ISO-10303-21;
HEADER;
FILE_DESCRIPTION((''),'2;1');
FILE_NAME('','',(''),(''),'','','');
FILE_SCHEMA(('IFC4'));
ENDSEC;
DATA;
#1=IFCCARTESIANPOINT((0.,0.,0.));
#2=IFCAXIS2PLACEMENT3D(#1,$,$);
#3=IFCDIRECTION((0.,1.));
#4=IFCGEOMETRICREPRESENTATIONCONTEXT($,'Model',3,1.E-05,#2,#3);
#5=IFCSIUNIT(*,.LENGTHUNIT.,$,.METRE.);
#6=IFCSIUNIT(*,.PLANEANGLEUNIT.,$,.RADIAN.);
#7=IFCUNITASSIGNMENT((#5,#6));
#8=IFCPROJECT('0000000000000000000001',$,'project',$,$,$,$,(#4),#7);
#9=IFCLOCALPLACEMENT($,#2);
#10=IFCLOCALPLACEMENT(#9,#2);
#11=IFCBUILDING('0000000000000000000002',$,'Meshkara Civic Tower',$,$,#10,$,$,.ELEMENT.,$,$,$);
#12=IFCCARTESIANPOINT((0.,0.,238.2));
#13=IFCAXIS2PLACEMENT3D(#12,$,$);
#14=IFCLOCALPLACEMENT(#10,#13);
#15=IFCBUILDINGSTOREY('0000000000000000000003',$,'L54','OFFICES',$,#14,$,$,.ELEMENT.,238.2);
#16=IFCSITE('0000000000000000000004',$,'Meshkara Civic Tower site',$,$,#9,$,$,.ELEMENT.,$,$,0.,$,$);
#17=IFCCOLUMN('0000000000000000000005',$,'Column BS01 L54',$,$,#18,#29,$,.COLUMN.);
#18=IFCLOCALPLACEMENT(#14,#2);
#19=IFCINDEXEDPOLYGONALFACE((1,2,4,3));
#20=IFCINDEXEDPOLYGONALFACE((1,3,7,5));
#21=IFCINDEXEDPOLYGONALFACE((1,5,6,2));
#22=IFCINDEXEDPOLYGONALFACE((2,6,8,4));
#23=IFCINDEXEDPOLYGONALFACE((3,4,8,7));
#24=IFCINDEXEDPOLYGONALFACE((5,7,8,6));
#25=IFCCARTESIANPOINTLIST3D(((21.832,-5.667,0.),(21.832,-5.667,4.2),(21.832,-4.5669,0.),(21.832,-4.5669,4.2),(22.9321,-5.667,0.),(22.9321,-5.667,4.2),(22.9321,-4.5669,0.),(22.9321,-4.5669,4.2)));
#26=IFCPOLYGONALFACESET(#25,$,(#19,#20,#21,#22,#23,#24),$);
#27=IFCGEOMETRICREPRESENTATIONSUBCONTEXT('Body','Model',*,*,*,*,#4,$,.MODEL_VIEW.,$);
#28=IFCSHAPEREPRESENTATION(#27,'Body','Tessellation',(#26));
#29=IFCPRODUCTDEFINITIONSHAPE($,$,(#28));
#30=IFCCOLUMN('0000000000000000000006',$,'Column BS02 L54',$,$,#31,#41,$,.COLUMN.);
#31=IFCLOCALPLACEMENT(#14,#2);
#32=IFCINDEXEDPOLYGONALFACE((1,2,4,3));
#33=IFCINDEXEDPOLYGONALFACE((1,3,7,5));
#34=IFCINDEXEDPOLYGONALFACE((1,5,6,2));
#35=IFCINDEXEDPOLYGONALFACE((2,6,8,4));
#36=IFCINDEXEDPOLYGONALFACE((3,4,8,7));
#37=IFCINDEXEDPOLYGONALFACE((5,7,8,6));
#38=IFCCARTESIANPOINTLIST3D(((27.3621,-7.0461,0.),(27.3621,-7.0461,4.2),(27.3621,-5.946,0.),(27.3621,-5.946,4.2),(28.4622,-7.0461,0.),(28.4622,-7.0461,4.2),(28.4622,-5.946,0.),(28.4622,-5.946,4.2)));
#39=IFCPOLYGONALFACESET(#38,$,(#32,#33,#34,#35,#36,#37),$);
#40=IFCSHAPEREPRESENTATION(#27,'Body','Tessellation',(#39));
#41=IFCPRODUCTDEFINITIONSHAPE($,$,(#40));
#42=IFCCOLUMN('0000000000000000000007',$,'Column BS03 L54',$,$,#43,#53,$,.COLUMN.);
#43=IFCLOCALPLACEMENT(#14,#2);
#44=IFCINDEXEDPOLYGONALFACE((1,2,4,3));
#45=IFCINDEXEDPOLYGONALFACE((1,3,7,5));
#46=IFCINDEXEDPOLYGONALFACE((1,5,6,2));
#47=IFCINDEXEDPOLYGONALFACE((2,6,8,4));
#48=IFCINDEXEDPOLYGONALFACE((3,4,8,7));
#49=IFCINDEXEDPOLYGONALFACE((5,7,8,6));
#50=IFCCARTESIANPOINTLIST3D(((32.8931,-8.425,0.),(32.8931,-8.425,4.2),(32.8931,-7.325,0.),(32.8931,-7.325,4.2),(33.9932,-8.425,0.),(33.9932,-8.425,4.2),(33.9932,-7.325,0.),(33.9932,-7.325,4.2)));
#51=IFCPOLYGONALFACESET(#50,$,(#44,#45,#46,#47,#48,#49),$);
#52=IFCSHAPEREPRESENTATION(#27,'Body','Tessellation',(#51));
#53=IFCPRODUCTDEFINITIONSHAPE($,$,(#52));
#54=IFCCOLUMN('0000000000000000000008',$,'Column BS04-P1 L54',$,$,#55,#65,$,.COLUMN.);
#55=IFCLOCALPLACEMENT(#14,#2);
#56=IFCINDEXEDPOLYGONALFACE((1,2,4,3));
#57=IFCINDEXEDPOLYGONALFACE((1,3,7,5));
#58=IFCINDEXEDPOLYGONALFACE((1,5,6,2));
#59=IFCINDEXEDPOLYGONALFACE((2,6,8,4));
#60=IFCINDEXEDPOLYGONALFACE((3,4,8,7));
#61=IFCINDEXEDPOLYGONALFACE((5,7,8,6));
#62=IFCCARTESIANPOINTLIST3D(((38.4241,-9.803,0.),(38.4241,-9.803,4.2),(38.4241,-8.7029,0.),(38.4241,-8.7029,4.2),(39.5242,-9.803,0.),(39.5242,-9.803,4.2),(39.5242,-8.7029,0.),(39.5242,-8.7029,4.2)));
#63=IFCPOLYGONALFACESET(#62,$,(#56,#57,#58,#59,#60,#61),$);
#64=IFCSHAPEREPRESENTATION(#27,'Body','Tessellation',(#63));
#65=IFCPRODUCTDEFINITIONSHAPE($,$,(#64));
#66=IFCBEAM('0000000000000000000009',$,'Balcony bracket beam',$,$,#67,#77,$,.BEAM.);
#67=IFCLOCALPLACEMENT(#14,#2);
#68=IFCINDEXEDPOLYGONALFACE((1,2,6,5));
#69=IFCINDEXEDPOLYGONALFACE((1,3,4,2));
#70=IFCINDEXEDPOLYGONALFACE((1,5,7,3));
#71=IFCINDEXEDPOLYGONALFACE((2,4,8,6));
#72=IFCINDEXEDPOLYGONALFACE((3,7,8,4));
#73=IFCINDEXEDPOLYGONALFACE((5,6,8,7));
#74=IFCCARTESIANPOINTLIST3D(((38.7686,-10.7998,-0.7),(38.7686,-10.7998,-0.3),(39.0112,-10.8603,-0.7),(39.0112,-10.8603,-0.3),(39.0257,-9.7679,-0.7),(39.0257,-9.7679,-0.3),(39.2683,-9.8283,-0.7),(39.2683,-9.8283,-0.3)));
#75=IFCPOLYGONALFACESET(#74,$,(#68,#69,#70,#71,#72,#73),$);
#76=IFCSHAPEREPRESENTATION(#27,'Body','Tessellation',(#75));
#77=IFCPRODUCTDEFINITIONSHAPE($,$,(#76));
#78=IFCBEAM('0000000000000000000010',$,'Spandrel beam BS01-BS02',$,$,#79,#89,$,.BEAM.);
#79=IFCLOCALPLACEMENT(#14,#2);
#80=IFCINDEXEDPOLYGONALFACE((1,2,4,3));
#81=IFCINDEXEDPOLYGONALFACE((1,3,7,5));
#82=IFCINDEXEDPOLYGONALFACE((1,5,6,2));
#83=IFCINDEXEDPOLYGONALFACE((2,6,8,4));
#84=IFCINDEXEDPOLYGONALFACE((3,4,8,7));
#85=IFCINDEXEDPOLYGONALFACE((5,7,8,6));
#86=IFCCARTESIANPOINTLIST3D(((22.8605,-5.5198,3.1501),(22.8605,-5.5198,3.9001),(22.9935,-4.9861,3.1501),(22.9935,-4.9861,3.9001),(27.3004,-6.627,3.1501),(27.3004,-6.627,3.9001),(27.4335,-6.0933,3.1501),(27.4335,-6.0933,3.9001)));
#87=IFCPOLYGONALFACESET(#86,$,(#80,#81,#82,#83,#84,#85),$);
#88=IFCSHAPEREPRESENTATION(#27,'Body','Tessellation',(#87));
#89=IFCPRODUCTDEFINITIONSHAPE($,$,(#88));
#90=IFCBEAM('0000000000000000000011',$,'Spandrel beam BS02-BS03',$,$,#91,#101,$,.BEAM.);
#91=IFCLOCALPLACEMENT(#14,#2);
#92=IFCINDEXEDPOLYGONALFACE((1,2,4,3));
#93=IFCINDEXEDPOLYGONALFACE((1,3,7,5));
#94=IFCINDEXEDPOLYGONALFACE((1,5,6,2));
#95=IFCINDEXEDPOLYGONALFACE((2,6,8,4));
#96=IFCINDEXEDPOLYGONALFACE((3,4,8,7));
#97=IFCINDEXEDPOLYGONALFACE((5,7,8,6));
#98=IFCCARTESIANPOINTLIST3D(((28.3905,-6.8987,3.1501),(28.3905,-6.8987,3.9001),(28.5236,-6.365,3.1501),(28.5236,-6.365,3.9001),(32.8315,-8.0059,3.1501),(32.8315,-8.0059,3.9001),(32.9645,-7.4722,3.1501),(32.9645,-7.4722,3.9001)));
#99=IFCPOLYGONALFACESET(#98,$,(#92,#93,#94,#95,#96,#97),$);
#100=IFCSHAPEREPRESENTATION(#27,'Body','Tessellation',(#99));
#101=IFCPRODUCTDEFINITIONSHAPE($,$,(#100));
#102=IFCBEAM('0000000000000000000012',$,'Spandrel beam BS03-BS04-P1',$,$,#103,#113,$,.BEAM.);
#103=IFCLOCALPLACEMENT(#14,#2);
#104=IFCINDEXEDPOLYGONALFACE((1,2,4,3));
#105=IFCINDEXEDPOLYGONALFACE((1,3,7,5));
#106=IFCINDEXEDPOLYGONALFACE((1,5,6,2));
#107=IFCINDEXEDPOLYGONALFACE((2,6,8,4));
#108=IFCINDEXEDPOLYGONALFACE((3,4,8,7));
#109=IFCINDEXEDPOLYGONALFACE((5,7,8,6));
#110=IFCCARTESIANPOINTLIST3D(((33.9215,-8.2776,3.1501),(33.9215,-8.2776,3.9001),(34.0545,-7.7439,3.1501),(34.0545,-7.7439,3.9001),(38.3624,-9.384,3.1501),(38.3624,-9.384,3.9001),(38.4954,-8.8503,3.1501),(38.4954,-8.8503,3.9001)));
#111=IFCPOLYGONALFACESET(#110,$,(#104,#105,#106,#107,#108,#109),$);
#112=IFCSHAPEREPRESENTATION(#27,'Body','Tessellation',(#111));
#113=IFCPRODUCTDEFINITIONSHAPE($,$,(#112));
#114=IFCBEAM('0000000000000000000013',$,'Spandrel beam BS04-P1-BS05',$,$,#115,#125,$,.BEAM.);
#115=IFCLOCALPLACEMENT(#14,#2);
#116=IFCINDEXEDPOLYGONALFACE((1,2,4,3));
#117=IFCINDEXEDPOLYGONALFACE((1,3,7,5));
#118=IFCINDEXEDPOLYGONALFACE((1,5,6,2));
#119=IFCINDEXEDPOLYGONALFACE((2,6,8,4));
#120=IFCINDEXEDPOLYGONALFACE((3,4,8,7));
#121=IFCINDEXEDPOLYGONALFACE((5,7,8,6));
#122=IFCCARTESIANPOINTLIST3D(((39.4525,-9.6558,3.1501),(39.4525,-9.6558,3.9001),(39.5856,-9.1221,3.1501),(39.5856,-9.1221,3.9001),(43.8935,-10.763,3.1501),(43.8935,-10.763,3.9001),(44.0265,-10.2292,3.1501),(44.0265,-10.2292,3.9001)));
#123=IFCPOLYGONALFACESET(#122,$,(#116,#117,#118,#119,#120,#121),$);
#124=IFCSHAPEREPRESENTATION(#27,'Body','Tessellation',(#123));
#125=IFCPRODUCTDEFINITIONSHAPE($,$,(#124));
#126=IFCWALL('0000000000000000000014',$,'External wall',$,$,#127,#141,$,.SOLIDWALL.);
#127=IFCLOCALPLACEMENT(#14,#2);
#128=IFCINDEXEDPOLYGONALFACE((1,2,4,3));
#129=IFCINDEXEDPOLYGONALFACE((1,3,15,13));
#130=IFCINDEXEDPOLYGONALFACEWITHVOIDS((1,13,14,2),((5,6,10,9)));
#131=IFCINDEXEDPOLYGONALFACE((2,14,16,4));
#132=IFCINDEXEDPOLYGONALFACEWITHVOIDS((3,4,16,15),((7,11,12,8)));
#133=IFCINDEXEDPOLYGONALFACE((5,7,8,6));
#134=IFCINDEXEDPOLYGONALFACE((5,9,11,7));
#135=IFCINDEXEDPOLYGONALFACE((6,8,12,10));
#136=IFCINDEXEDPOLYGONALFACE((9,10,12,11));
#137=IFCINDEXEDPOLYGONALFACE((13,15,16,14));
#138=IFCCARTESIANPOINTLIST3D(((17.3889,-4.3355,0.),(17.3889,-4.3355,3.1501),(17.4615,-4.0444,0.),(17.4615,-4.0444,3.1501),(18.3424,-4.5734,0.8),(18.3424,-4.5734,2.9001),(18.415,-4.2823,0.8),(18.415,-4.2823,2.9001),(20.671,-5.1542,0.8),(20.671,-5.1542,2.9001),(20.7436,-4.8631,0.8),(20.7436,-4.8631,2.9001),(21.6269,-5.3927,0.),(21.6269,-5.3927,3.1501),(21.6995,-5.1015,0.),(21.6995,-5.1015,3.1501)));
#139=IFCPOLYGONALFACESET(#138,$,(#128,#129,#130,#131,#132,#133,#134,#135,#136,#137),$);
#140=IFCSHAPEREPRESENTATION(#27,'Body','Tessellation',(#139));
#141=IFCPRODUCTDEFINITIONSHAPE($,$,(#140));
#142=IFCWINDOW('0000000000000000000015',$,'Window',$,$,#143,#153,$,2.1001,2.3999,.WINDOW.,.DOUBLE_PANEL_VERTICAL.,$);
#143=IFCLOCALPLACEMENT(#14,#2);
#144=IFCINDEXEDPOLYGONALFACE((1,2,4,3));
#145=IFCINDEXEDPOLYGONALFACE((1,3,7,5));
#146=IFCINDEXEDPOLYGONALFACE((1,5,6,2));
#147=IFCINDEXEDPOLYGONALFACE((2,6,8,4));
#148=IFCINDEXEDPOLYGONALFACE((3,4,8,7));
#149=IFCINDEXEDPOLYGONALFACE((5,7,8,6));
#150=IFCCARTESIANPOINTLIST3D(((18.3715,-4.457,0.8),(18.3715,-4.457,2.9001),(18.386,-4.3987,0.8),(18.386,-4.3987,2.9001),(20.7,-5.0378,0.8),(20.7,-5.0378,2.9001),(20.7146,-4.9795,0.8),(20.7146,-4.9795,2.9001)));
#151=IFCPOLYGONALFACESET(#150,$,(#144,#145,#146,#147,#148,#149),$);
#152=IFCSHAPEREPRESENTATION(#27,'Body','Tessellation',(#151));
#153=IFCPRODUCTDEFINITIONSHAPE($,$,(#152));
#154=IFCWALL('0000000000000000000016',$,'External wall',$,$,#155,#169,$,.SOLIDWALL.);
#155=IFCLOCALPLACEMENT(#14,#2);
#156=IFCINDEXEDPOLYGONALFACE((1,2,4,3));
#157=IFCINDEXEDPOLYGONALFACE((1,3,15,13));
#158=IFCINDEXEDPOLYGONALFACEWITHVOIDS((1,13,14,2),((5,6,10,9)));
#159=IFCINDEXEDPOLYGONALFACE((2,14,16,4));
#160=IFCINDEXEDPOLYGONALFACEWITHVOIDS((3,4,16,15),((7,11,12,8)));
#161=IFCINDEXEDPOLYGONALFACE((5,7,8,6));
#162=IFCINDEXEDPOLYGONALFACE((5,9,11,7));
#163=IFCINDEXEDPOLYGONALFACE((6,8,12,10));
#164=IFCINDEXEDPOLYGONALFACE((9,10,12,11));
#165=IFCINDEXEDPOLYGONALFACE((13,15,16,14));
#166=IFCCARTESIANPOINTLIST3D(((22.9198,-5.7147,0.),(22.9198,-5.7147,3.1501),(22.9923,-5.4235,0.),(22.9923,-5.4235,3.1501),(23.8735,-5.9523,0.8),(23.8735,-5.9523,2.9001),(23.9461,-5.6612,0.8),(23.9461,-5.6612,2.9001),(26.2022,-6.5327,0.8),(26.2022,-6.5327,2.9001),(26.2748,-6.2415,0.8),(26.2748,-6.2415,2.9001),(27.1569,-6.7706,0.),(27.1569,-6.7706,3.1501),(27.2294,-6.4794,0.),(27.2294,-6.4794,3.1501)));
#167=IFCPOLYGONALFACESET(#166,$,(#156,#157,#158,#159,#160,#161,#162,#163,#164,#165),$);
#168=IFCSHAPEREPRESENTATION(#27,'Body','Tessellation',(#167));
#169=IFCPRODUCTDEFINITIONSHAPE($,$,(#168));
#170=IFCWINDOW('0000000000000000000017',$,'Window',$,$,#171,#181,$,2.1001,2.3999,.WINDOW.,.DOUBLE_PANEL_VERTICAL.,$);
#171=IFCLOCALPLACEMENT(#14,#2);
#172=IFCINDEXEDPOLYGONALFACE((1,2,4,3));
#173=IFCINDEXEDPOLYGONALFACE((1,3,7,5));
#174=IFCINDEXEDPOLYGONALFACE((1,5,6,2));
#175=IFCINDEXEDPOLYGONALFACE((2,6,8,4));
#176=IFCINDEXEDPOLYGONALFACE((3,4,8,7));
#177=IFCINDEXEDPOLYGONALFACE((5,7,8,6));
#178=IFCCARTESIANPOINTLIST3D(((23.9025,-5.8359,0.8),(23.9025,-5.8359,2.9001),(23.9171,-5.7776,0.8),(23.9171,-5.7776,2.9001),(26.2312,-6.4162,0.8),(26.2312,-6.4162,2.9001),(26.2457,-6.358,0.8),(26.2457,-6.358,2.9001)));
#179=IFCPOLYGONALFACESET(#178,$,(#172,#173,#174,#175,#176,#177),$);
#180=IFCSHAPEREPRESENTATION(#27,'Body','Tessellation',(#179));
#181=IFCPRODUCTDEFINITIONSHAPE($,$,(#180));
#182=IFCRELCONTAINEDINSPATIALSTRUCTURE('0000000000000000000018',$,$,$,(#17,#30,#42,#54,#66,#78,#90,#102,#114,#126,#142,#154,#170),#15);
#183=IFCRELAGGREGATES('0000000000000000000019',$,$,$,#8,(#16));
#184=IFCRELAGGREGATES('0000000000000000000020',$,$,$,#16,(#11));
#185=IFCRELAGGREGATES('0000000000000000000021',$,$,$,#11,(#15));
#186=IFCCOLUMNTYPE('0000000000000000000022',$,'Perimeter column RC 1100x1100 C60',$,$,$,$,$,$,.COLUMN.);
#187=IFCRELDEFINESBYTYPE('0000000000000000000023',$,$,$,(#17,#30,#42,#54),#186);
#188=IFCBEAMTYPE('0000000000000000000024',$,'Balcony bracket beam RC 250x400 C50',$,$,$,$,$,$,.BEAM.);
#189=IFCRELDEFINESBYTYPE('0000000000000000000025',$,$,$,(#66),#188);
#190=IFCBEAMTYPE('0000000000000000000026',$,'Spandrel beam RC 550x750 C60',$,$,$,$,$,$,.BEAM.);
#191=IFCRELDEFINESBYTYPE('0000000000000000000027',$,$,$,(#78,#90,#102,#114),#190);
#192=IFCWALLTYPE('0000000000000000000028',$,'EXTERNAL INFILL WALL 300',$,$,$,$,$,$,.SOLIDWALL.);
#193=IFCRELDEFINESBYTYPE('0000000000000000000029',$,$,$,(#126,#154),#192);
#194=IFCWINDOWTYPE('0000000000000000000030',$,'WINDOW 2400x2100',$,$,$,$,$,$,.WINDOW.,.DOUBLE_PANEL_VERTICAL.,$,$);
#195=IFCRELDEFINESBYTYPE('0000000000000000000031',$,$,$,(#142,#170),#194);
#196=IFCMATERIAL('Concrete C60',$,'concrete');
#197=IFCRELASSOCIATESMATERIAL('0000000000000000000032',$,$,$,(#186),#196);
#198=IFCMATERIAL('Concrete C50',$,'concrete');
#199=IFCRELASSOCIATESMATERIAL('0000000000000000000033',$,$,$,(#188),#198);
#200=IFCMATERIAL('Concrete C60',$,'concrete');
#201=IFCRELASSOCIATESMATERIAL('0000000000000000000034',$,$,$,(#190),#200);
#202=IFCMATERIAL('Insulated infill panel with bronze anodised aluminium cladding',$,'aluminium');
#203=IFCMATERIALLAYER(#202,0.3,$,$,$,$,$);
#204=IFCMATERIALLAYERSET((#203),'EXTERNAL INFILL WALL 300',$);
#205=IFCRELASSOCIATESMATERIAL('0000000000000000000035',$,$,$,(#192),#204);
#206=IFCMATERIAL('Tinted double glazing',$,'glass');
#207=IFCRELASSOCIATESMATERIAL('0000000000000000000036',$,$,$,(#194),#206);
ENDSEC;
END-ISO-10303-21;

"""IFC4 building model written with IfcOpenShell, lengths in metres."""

from ifc_helpers import new_model, si_unit, direction, frame, frame_2d, origin, origin_2d, place, context, subcontext, project, spatial, rectangle, extrude, material, layer, layer_set, material_profile, profile_set, type_object, element, fill, save


model = new_model("IFC4")

# Units and contexts
model_context = context("Model", 3, precision=1e-05, world=origin(), true_north=direction((0.0, 1.0)))
body_context = subcontext(model_context, "Body", "Model", "MODEL_VIEW")
ifc_project = project(units=[si_unit("LENGTHUNIT", "METRE"), si_unit("PLANEANGLEUNIT", "RADIAN")], contexts=[model_context])

# Site, building, storey
site_placement = place(None, origin())
site = spatial("IfcSite", under=ifc_project, at=site_placement, Name="Meshkara Civic Tower site", CompositionType="ELEMENT", RefElevation=0.0)
building_placement = place(site_placement, origin())
building = spatial("IfcBuilding", under=site, at=building_placement, Name="Meshkara Civic Tower", CompositionType="ELEMENT")
storey_placement = place(building_placement, frame((0.0, 0.0, 238.2)))
storey = spatial("IfcBuildingStorey", under=building, at=storey_placement, Name="L54", Description="OFFICES", CompositionType="ELEMENT", Elevation=238.2)

# Columns
ifc_material_1 = material(Name="Concrete C60", Category="concrete")
ifc_material_profile_1 = material_profile(ifc_material_1, rectangle(XDim=1.1001, YDim=1.1001, at=origin_2d()))
ifc_profile_set_1 = profile_set([ifc_material_profile_1], Name="Concrete C60")
column_type = type_object("IfcColumnType", Name="Perimeter column RC 1100x1100 C60", PredefinedType="COLUMN", material=ifc_profile_set_1)
for number, where, z_axis, x_axis, name in (
    (1, (22.3821, -5.1169, 0.0), (0.0, 0.0, 1.0), (1.0, 0.0, 0.0), "Column BS01 L54"),
    (2, (27.9121, -6.4961, 0.0), (0.0, 0.0, 1.0), (1.0, 0.0, 0.0), "Column BS02 L54"),
    (3, (33.4431, -7.875, 0.0), (0.0, 0.0, 1.0), (1.0, 0.0, 0.0), "Column BS03 L54"),
    (4, (38.9741, -9.2529, 0.0), (0.0, 0.0, 1.0), (1.0, 0.0, 0.0), "Column BS04-P1 L54"),
):
    element("IfcColumn", number, at=place(storey_placement, frame(where, z_axis=z_axis, x_axis=x_axis)), inside=storey, type_object=column_type, Name=name, PredefinedType="COLUMN", context=body_context, shape_type="SweptSolid", body=[
        extrude(rectangle(XDim=1.1001, YDim=1.1001, at=origin_2d()), origin(), (0.0, 0.0, 1.0), 4.2),
    ])

# Beams
ifc_material_2 = material(Name="Concrete C50", Category="concrete")
ifc_material_profile_2 = material_profile(ifc_material_2, rectangle(XDim=0.25, YDim=0.3999, at=origin_2d()))
ifc_profile_set_2 = profile_set([ifc_material_profile_2], Name="Concrete C50")
beam_type_1 = type_object("IfcBeamType", Name="Balcony bracket beam RC 250x400 C50", PredefinedType="BEAM", material=ifc_profile_set_2)
beam_1_placement = place(storey_placement, frame((39.147, -9.7981, -0.5), z_axis=(-0.241725, -0.970345, 0.0), x_axis=(0.970345, -0.241725, 0.0)))
element("IfcBeam", 5, at=beam_1_placement, inside=storey, type_object=beam_type_1, Name="Balcony bracket beam", PredefinedType="BEAM", context=body_context, shape_type="SweptSolid", body=[
    extrude(rectangle(XDim=0.25, YDim=0.3999, at=origin_2d()), origin(), (0.0, 0.0, 1.0), 1.0635),
])
ifc_material_3 = material(Name="Concrete C60", Category="concrete")
ifc_material_profile_3 = material_profile(ifc_material_3, rectangle(XDim=0.55, YDim=0.75, at=origin_2d()))
ifc_profile_set_3 = profile_set([ifc_material_profile_3], Name="Concrete C60")
beam_type_2 = type_object("IfcBeamType", Name="Spandrel beam RC 550x750 C60", PredefinedType="BEAM", material=ifc_profile_set_3)
beam_2_placement = place(storey_placement, frame((22.927, -5.2529, 3.5251), z_axis=(0.970287, -0.241958, 0.0), x_axis=(0.241958, 0.970287, 0.0)))
element("IfcBeam", 6, at=beam_2_placement, inside=storey, type_object=beam_type_2, Name="Spandrel beam BS01-BS02", PredefinedType="BEAM", context=body_context, shape_type="SweptSolid", body=[
    extrude(rectangle(XDim=0.55, YDim=0.75, at=origin_2d()), origin(), (0.0, 0.0, 1.0), 4.5759),
])
beam_3_placement = place(storey_placement, frame((28.457, -6.6318, 3.5251), z_axis=(0.970299, -0.241908, 0.0), x_axis=(0.241908, 0.970299, 0.0)))
element("IfcBeam", 7, at=beam_3_placement, inside=storey, type_object=beam_type_2, Name="Spandrel beam BS02-BS03", PredefinedType="BEAM", context=body_context, shape_type="SweptSolid", body=[
    extrude(rectangle(XDim=0.55, YDim=0.75, at=origin_2d()), origin(), (0.0, 0.0, 1.0), 4.5769),
])
beam_4_placement = place(storey_placement, frame((33.988, -8.0107, 3.5251), z_axis=(0.970337, -0.241757, 0.0), x_axis=(0.241757, 0.970337, 0.0)))
element("IfcBeam", 8, at=beam_4_placement, inside=storey, type_object=beam_type_2, Name="Spandrel beam BS03-BS04-P1", PredefinedType="BEAM", context=body_context, shape_type="SweptSolid", body=[
    extrude(rectangle(XDim=0.55, YDim=0.75, at=origin_2d()), origin(), (0.0, 0.0, 1.0), 4.5767),
])
beam_5_placement = place(storey_placement, frame((39.519, -9.3889, 3.5251), z_axis=(0.970299, -0.241908, 0.0), x_axis=(0.241908, 0.970299, 0.0)))
element("IfcBeam", 9, at=beam_5_placement, inside=storey, type_object=beam_type_2, Name="Spandrel beam BS04-P1-BS05", PredefinedType="BEAM", context=body_context, shape_type="SweptSolid", body=[
    extrude(rectangle(XDim=0.55, YDim=0.75, at=origin_2d()), origin(), (0.0, 0.0, 1.0), 4.5769),
])

# Walls, openings, windows
ifc_material_4 = material(Name="Insulated infill panel with bronze anodised aluminium cladding", Category="aluminium")
ifc_layer_1 = layer(ifc_material_4, 0.3)
ifc_layer_set_1 = layer_set([ifc_layer_1], Name="EXTERNAL INFILL WALL 300")
wall_type_1 = type_object("IfcWallType", Name="EXTERNAL INFILL WALL 300", PredefinedType="SOLIDWALL", material=ifc_layer_set_1)
wall_1_placement = place(storey_placement, frame((17.425, -4.1899, 0.0), z_axis=(0.0, 0.0, 1.0), x_axis=(0.970271, -0.242023, 0.0)))
wall_1 = element("IfcWall", 10, at=wall_1_placement, inside=storey, type_object=wall_type_1, Name="External wall", PredefinedType="SOLIDWALL", context=body_context, shape_type="SweptSolid", body=[
    extrude(rectangle(XDim=4.3679, YDim=0.3, at=frame_2d((2.1841, 0.0))), origin(), (0.0, 0.0, 1.0), 3.1501),
])
opening_1_placement = place(wall_1_placement, frame((0.9829, 0.0, 0.8)))
opening_1 = element("IfcOpeningElement", 11, at=opening_1_placement, cuts=wall_1, PredefinedType="OPENING", context=body_context, shape_type="SweptSolid", body=[
    extrude(rectangle(XDim=2.3999, YDim=2.1001, at=frame_2d((1.2, 1.05))), frame((0.0, 0.1599, 0.0), z_axis=(0.0, -1.0, 0.0), x_axis=(1.0, 0.0, 0.0)), (0.0, 0.0, 1.0), 0.3201),
])
ifc_material_5 = material(Name="Tinted double glazing", Category="glass")
window_type = type_object("IfcWindowType", Name="WINDOW 2400x2100", PartitioningType="DOUBLE_PANEL_VERTICAL", PredefinedType="WINDOW", material=ifc_material_5)
window_1_placement = place(opening_1_placement, origin())
window_1 = element("IfcWindow", 12, at=window_1_placement, inside=storey, type_object=window_type, Name="Window", OverallHeight=2.1001, OverallWidth=2.3999, PartitioningType="DOUBLE_PANEL_VERTICAL", PredefinedType="WINDOW", context=body_context, shape_type="SweptSolid", body=[
    extrude(rectangle(XDim=2.3999, YDim=2.1001, at=frame_2d((1.2, 1.05))), frame((0.0, 0.03, 0.0), z_axis=(0.0, -1.0, 0.0), x_axis=(1.0, 0.0, 0.0)), (0.0, 0.0, 1.0), 0.0601),
])
fill(opening_1, window_1)
wall_2_placement = place(storey_placement, frame((22.9561, -5.5691, 0.0), z_axis=(0.0, 0.0, 1.0), x_axis=(0.970323, -0.241812, 0.0)))
wall_2 = element("IfcWall", 13, at=wall_2_placement, inside=storey, type_object=wall_type_1, Name="External wall", PredefinedType="SOLIDWALL", context=body_context, shape_type="SweptSolid", body=[
    extrude(rectangle(XDim=4.3667, YDim=0.3, at=frame_2d((2.1833, 0.0))), origin(), (0.0, 0.0, 1.0), 3.1501),
])
opening_2_placement = place(wall_2_placement, frame((0.9829, 0.0, 0.8)))
opening_2 = element("IfcOpeningElement", 14, at=opening_2_placement, cuts=wall_2, PredefinedType="OPENING", context=body_context, shape_type="SweptSolid", body=[
    extrude(rectangle(XDim=2.3999, YDim=2.1001, at=frame_2d((1.2, 1.05))), frame((0.0, 0.1599, 0.0), z_axis=(0.0, -1.0, 0.0), x_axis=(1.0, 0.0, 0.0)), (0.0, 0.0, 1.0), 0.3201),
])
window_2_placement = place(opening_2_placement, origin())
window_2 = element("IfcWindow", 15, at=window_2_placement, inside=storey, type_object=window_type, Name="Window", OverallHeight=2.1001, OverallWidth=2.3999, PartitioningType="DOUBLE_PANEL_VERTICAL", PredefinedType="WINDOW", context=body_context, shape_type="SweptSolid", body=[
    extrude(rectangle(XDim=2.3999, YDim=2.1001, at=frame_2d((1.2, 1.05))), frame((0.0, 0.03, 0.0), z_axis=(0.0, -1.0, 0.0), x_axis=(1.0, 0.0, 0.0)), (0.0, 0.0, 1.0), 0.0601),
])
fill(opening_2, window_2)

save(model, "model.ifc")
